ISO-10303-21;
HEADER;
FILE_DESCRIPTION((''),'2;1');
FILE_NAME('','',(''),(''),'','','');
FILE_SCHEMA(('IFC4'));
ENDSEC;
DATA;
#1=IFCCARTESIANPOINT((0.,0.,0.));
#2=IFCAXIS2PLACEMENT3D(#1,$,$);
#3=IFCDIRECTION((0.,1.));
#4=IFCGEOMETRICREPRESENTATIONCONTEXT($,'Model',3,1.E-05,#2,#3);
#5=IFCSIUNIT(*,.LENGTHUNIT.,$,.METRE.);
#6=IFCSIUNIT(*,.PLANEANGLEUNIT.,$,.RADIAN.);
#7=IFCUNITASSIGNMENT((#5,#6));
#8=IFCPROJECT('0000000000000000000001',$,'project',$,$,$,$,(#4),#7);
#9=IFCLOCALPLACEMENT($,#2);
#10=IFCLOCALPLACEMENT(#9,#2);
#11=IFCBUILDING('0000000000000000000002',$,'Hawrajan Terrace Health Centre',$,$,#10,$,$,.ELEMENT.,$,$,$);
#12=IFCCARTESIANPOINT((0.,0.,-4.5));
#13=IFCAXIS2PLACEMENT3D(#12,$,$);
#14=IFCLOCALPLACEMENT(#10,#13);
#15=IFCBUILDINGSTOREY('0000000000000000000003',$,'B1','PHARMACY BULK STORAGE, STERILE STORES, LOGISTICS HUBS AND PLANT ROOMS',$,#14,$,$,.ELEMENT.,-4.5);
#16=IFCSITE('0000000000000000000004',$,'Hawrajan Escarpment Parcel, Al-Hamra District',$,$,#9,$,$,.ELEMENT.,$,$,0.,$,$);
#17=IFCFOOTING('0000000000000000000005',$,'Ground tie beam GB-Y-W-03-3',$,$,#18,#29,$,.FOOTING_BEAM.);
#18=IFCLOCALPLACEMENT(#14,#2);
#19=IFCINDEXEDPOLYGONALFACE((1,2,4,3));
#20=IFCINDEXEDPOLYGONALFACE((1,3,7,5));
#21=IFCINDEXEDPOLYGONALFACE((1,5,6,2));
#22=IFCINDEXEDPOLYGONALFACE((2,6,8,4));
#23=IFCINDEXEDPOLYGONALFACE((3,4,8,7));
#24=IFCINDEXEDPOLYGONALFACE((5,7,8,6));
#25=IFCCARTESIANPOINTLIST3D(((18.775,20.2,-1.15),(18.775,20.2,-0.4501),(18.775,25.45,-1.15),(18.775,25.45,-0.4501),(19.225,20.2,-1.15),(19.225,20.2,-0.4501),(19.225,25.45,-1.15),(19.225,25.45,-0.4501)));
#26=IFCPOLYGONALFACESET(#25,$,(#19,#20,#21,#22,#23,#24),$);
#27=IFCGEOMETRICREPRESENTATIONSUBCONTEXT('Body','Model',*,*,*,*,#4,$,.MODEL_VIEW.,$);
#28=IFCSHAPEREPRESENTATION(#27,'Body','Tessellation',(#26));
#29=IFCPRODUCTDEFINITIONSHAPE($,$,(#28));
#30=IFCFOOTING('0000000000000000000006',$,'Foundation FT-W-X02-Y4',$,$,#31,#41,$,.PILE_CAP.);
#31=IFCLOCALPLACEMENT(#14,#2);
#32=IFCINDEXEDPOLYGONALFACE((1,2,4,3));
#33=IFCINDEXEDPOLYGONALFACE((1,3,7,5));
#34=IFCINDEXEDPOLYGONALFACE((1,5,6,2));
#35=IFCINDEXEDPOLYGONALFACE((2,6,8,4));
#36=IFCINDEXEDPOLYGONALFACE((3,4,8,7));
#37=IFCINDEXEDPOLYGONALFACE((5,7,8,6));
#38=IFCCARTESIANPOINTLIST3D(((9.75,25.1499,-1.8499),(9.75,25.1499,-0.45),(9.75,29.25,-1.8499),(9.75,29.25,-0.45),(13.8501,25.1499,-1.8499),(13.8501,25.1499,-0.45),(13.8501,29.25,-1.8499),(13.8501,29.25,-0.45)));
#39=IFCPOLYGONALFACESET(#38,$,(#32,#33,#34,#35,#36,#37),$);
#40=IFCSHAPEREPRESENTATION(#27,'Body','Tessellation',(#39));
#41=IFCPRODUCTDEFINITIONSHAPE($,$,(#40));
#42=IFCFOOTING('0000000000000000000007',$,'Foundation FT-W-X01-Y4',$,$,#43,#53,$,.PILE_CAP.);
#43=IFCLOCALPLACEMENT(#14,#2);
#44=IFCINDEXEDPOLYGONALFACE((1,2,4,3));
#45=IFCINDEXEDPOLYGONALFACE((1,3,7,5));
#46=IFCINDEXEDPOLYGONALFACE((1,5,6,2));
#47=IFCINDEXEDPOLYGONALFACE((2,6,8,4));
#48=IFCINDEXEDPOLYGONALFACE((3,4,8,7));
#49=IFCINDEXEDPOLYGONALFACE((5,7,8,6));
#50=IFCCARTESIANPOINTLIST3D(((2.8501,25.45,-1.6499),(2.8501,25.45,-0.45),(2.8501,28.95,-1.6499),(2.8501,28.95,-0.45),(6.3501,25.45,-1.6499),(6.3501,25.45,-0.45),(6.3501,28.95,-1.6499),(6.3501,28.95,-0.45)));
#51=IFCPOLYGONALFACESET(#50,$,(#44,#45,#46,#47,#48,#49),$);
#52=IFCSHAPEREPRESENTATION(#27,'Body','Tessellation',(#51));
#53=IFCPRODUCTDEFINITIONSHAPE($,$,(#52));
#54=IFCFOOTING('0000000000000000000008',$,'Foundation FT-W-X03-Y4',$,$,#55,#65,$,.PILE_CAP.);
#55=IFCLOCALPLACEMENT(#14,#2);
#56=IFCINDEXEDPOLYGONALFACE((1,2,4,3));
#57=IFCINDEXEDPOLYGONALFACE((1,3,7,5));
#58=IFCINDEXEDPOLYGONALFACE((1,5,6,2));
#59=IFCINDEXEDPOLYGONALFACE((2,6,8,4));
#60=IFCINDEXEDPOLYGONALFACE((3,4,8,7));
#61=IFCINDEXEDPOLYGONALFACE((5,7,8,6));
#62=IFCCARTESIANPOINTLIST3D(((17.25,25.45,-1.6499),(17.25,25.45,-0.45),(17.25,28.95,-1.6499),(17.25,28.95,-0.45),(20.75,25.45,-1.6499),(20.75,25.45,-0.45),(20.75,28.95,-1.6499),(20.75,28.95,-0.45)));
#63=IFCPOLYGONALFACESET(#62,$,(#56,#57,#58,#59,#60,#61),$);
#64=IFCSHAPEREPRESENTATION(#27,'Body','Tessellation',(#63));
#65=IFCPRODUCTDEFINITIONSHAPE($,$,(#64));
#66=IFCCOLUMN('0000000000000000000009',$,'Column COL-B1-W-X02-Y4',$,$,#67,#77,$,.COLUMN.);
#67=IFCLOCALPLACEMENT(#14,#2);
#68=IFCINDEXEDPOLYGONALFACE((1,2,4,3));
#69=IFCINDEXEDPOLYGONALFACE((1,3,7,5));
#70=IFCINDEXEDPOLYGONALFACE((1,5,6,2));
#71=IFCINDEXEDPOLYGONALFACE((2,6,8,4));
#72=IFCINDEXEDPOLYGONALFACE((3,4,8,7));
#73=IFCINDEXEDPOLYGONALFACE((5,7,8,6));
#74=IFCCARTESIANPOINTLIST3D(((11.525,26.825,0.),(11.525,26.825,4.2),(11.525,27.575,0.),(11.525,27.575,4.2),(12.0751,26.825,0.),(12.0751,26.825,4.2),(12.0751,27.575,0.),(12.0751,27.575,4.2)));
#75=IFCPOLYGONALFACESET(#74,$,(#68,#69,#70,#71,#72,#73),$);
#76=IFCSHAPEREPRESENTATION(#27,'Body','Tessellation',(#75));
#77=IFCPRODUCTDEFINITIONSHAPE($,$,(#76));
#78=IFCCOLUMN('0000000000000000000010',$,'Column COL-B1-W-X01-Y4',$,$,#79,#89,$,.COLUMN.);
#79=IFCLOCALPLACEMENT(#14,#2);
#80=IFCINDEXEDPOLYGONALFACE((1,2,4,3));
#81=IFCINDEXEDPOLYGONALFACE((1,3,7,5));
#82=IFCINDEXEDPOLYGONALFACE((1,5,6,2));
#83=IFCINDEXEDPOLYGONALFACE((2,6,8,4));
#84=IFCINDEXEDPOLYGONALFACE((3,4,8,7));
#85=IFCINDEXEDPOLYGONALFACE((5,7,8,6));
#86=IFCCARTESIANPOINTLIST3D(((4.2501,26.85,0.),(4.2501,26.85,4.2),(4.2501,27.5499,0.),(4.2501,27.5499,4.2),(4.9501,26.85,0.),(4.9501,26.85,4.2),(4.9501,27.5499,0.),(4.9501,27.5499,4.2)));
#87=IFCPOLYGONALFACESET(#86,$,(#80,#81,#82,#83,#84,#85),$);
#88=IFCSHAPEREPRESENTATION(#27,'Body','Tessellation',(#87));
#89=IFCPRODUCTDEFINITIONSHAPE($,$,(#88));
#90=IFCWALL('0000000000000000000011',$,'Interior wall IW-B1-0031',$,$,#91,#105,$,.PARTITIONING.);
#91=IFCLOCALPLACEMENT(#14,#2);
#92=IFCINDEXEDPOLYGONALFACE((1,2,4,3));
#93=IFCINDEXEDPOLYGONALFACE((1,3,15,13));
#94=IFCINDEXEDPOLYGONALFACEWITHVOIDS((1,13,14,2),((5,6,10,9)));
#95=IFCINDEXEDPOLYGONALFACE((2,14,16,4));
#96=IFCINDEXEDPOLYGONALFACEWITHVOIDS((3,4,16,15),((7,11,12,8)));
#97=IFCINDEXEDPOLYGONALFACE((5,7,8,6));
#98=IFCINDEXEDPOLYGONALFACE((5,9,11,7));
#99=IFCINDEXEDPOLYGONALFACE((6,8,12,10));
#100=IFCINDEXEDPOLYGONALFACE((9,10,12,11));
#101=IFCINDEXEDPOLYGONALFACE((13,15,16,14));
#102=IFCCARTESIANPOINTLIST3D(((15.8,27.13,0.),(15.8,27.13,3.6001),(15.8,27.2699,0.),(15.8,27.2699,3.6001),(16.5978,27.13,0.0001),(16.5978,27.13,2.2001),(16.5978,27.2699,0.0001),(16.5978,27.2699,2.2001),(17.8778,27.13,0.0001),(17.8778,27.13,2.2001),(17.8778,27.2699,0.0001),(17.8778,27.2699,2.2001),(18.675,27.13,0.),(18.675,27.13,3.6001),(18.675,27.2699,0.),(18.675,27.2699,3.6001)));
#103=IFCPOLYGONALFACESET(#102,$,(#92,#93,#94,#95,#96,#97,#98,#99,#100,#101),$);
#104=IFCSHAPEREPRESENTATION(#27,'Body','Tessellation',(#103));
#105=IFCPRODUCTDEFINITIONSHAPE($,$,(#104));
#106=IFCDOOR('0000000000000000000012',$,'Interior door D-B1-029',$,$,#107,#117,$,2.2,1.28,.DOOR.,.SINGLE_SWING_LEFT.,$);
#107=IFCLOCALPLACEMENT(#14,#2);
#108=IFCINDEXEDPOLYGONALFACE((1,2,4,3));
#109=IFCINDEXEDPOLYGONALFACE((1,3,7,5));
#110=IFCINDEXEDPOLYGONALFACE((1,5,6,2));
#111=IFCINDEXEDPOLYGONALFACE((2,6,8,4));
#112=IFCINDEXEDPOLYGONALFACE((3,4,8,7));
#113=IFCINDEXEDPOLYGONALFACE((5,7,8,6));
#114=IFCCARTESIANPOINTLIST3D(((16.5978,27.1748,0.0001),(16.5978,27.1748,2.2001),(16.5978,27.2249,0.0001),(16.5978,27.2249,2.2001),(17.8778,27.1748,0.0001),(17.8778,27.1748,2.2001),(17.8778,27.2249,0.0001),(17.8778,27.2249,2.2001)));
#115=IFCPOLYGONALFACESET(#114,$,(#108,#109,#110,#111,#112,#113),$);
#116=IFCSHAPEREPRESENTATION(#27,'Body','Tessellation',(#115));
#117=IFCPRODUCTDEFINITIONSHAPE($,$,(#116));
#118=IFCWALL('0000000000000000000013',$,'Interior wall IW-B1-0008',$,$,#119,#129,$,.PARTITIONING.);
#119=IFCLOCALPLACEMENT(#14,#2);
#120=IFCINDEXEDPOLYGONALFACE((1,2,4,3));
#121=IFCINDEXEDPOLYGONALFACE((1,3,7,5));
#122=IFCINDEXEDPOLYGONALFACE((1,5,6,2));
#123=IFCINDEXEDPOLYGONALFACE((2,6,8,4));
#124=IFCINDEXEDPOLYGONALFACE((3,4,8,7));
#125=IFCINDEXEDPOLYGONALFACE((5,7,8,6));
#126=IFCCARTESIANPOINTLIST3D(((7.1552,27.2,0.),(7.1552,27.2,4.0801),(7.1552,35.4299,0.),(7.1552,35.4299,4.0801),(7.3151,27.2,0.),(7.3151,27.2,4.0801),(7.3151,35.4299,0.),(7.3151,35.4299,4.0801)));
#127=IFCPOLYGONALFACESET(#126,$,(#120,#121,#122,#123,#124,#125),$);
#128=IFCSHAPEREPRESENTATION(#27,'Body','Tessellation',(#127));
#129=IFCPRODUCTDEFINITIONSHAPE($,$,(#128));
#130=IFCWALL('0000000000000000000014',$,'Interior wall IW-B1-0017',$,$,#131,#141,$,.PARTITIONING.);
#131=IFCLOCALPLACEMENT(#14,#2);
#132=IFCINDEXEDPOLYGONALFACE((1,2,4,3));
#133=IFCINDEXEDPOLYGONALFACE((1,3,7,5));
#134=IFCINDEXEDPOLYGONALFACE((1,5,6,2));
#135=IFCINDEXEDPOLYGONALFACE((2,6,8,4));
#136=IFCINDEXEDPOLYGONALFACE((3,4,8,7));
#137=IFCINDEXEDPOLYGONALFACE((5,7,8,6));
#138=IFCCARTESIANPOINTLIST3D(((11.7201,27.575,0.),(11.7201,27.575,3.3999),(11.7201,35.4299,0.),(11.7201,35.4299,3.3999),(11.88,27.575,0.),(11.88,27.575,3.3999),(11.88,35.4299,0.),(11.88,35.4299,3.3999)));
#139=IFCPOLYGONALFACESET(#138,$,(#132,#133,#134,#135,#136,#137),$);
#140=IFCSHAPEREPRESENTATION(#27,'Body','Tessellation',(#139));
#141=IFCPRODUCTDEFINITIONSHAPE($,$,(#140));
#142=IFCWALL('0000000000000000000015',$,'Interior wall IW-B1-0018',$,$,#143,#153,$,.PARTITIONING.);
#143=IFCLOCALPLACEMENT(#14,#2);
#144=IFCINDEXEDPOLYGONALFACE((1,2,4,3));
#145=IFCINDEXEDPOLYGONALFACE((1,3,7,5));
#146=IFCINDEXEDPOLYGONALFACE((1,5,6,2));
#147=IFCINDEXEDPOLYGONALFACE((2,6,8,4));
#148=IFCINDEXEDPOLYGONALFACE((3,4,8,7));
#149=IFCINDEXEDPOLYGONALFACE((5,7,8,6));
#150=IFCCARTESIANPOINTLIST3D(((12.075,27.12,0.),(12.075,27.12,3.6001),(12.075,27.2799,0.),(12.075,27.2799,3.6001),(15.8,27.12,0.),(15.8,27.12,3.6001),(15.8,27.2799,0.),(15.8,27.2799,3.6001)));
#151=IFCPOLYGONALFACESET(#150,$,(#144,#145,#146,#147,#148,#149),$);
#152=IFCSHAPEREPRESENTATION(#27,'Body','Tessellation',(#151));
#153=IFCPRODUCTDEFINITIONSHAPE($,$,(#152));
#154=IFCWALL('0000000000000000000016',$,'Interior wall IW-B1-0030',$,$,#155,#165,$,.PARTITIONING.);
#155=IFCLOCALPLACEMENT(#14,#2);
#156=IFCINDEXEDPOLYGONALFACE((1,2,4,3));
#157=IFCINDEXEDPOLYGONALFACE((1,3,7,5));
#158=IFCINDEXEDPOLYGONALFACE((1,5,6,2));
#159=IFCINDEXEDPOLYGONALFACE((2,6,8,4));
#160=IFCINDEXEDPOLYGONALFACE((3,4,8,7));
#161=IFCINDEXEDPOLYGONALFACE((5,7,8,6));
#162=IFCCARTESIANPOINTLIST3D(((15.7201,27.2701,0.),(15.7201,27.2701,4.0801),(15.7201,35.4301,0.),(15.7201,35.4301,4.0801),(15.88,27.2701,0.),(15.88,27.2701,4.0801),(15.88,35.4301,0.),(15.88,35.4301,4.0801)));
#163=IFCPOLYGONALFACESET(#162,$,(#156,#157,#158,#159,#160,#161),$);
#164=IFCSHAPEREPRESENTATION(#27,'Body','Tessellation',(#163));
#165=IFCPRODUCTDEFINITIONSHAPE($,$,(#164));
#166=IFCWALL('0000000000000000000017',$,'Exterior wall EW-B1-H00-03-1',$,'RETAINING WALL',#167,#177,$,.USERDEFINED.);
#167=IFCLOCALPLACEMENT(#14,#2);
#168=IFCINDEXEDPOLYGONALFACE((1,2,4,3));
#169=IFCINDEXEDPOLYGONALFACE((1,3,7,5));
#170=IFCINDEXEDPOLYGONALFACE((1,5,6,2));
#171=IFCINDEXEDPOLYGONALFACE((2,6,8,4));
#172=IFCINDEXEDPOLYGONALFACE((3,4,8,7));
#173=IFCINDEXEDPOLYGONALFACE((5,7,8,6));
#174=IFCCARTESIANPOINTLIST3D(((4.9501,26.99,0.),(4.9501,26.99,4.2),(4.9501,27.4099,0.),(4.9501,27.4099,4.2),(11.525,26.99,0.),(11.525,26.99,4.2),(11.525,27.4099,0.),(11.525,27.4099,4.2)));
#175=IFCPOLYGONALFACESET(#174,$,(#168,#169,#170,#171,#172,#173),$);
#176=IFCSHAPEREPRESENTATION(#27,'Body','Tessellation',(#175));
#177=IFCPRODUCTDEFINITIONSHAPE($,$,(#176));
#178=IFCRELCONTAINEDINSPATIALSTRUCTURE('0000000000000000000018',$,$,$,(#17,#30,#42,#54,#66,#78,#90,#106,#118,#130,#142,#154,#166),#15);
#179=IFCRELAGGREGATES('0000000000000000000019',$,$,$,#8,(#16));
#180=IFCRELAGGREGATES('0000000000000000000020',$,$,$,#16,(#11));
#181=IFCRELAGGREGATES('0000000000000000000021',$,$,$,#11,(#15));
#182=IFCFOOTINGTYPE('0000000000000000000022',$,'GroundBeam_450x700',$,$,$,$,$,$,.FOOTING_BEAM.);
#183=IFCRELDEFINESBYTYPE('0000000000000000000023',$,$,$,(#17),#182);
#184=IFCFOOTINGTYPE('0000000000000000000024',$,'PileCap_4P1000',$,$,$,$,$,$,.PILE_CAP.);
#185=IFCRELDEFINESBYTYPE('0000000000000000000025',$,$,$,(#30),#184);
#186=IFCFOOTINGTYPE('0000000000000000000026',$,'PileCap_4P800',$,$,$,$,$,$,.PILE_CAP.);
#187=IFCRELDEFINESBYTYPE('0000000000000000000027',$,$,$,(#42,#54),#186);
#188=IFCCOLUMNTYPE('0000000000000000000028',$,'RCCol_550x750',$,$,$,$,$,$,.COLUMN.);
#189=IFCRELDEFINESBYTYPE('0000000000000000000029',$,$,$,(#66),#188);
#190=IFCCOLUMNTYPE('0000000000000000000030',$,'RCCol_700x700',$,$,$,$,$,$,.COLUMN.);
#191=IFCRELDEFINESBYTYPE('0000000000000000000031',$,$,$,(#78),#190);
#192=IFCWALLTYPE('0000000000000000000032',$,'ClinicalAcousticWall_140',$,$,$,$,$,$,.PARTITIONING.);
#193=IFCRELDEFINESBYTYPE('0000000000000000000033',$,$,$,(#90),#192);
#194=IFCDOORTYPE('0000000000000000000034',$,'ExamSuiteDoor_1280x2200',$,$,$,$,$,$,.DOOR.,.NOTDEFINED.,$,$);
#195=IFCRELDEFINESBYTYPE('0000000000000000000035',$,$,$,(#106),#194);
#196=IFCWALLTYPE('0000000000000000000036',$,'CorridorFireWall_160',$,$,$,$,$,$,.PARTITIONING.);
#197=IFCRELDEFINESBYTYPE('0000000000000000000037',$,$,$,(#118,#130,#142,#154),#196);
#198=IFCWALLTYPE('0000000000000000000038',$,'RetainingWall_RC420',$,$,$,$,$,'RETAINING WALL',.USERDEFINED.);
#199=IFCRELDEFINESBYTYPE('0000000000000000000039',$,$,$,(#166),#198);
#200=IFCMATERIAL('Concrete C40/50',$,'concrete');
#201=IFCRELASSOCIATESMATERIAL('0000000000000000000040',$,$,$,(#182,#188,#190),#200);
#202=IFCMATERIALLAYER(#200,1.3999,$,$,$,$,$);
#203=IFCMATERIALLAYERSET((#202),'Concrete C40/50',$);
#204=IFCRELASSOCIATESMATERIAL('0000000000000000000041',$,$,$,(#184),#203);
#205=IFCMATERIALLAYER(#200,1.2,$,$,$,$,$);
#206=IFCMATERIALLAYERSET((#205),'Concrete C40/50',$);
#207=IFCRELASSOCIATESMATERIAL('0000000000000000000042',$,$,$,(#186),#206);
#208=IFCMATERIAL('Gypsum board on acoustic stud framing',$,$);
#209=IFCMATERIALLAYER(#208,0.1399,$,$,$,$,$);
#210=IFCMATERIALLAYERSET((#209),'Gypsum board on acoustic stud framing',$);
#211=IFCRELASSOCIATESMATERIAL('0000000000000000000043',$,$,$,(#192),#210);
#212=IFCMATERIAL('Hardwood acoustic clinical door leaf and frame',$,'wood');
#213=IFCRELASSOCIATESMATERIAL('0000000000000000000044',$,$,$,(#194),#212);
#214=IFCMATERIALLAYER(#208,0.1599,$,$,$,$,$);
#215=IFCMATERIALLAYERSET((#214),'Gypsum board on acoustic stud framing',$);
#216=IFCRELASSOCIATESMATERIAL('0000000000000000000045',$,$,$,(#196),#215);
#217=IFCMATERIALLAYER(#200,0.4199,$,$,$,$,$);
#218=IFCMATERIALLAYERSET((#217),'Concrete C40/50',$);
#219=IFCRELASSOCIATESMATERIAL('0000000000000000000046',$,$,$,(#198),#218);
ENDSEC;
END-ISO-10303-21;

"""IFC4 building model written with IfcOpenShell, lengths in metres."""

from ifc_helpers import new_model, si_unit, direction, frame, frame_2d, origin, origin_2d, place, context, subcontext, project, spatial, rectangle, extrude, material, layer, layer_set, material_profile, profile_set, type_object, element, fill, save


model = new_model("IFC4")

# Units and contexts
model_context = context("Model", 3, precision=1e-05, world=origin(), true_north=direction((0.0, 1.0)))
body_context = subcontext(model_context, "Body", "Model", "MODEL_VIEW")
ifc_project = project(units=[si_unit("LENGTHUNIT", "METRE"), si_unit("PLANEANGLEUNIT", "RADIAN")], contexts=[model_context])

# Site, building, storey
site_placement = place(None, origin())
site = spatial("IfcSite", under=ifc_project, at=site_placement, Name="Hawrajan Escarpment Parcel, Al-Hamra District", CompositionType="ELEMENT", RefElevation=0.0)
building_placement = place(site_placement, origin())
building = spatial("IfcBuilding", under=site, at=building_placement, Name="Hawrajan Terrace Health Centre", CompositionType="ELEMENT")
storey_placement = place(building_placement, frame((0.0, 0.0, -4.5)))
storey = spatial("IfcBuildingStorey", under=building, at=storey_placement, Name="B1", Description="PHARMACY BULK STORAGE, STERILE STORES, LOGISTICS HUBS AND PLANT ROOMS", CompositionType="ELEMENT", Elevation=-4.5)

# Shared definitions
ifc_material_1 = material(Name="Concrete C40/50", Category="concrete")

# Footings
ifc_material_profile_1 = material_profile(ifc_material_1, rectangle(XDim=0.45, YDim=0.7, at=origin_2d()), Name="RC BM 450x700")
ifc_profile_set_1 = profile_set([ifc_material_profile_1], Name="Concrete C40/50")
footing_type_1 = type_object("IfcFootingType", Name="GroundBeam_450x700", PredefinedType="FOOTING_BEAM", material=ifc_profile_set_1)
footing_1_placement = place(storey_placement, frame((19.0, 20.2, -0.8), z_axis=(0.0, 1.0, 0.0), x_axis=(-1.0, 0.0, 0.0)))
element("IfcFooting", 1, at=footing_1_placement, inside=storey, type_object=footing_type_1, Name="Ground tie beam GB-Y-W-03-3", PredefinedType="FOOTING_BEAM", context=body_context, shape_type="SweptSolid", body=[
    extrude(rectangle(XDim=0.45, YDim=0.7, at=origin_2d()), origin(), (0.0, 0.0, 1.0), 5.25),
])
ifc_layer_1 = layer(ifc_material_1, 1.3999)
ifc_layer_set_1 = layer_set([ifc_layer_1], Name="Concrete C40/50")
footing_type_2 = type_object("IfcFootingType", Name="PileCap_4P1000", PredefinedType="PILE_CAP", material=ifc_layer_set_1)
footing_2_placement = place(storey_placement, frame((11.8, 27.2, -1.8499), z_axis=(0.0, 0.0, 1.0), x_axis=(1.0, 0.0, 0.0)))
element("IfcFooting", 2, at=footing_2_placement, inside=storey, type_object=footing_type_2, Name="Foundation FT-W-X02-Y4", PredefinedType="PILE_CAP", context=body_context, shape_type="SweptSolid", body=[
    extrude(rectangle(XDim=4.1001, YDim=4.1001, at=origin_2d()), origin(), (0.0, 0.0, 1.0), 1.3999),
])
ifc_layer_2 = layer(ifc_material_1, 1.2)
ifc_layer_set_2 = layer_set([ifc_layer_2], Name="Concrete C40/50")
footing_type_3 = type_object("IfcFootingType", Name="PileCap_4P800", PredefinedType="PILE_CAP", material=ifc_layer_set_2)
for number, where, z_axis, x_axis, name in (
    (3, (4.6001, 27.2, -1.6499), (0.0, 0.0, 1.0), (1.0, 0.0, 0.0), "Foundation FT-W-X01-Y4"),
    (4, (19.0, 27.2, -1.6499), (0.0, 0.0, 1.0), (1.0, 0.0, 0.0), "Foundation FT-W-X03-Y4"),
):
    element("IfcFooting", number, at=place(storey_placement, frame(where, z_axis=z_axis, x_axis=x_axis)), inside=storey, type_object=footing_type_3, Name=name, PredefinedType="PILE_CAP", context=body_context, shape_type="SweptSolid", body=[
        extrude(rectangle(XDim=3.5, YDim=3.5, at=origin_2d()), origin(), (0.0, 0.0, 1.0), 1.2),
    ])

# Columns
ifc_material_profile_2 = material_profile(ifc_material_1, rectangle(XDim=0.55, YDim=0.75, at=origin_2d()), Name="RC 550x750")
ifc_profile_set_2 = profile_set([ifc_material_profile_2], Name="Concrete C40/50")
column_type_1 = type_object("IfcColumnType", Name="RCCol_550x750", PredefinedType="COLUMN", material=ifc_profile_set_2)
column_1_placement = place(storey_placement, frame((11.8, 27.2, 0.0), z_axis=(0.0, 0.0, 1.0), x_axis=(1.0, 0.0, 0.0)))
element("IfcColumn", 5, at=column_1_placement, inside=storey, type_object=column_type_1, Name="Column COL-B1-W-X02-Y4", PredefinedType="COLUMN", context=body_context, shape_type="SweptSolid", body=[
    extrude(rectangle(XDim=0.55, YDim=0.75, at=origin_2d()), origin(), (0.0, 0.0, 1.0), 4.2),
])
ifc_material_profile_3 = material_profile(ifc_material_1, rectangle(XDim=0.7, YDim=0.7, at=origin_2d()), Name="RC 700x700")
ifc_profile_set_3 = profile_set([ifc_material_profile_3], Name="Concrete C40/50")
column_type_2 = type_object("IfcColumnType", Name="RCCol_700x700", PredefinedType="COLUMN", material=ifc_profile_set_3)
column_2_placement = place(storey_placement, frame((4.6001, 27.2, 0.0), z_axis=(0.0, 0.0, 1.0), x_axis=(1.0, 0.0, 0.0)))
element("IfcColumn", 6, at=column_2_placement, inside=storey, type_object=column_type_2, Name="Column COL-B1-W-X01-Y4", PredefinedType="COLUMN", context=body_context, shape_type="SweptSolid", body=[
    extrude(rectangle(XDim=0.7, YDim=0.7, at=origin_2d()), origin(), (0.0, 0.0, 1.0), 4.2),
])

# Wall, opening, door
ifc_material_2 = material(Name="Gypsum board on acoustic stud framing")
ifc_layer_3 = layer(ifc_material_2, 0.1399)
ifc_layer_set_3 = layer_set([ifc_layer_3], Name="Gypsum board on acoustic stud framing")
wall_type_1 = type_object("IfcWallType", Name="ClinicalAcousticWall_140", PredefinedType="PARTITIONING", material=ifc_layer_set_3)
wall_1_placement = place(storey_placement, frame((15.8, 27.2, 0.0), z_axis=(0.0, 0.0, 1.0), x_axis=(1.0, 0.0, 0.0)))
wall_1 = element("IfcWall", 7, at=wall_1_placement, inside=storey, type_object=wall_type_1, Name="Interior wall IW-B1-0031", PredefinedType="PARTITIONING", context=body_context, shape_type="SweptSolid", body=[
    extrude(rectangle(XDim=2.875, YDim=0.1399, at=frame_2d((1.4375, 0.0))), origin(), (0.0, 0.0, 1.0), 3.6001),
])
opening_placement = place(wall_1_placement, frame((0.7976, 0.0, 0.0)))
opening = element("IfcOpeningElement", 8, at=opening_placement, cuts=wall_1, PredefinedType="OPENING", context=body_context, shape_type="SweptSolid", body=[
    extrude(rectangle(XDim=1.28, YDim=2.2, at=frame_2d((0.6401, 1.1001))), frame((0.0, 0.0798, 0.0), z_axis=(0.0, -1.0, 0.0), x_axis=(1.0, 0.0, 0.0)), (0.0, 0.0, 1.0), 0.1599),
])
ifc_material_3 = material(Name="Hardwood acoustic clinical door leaf and frame", Category="wood")
door_type = type_object("IfcDoorType", Name="ExamSuiteDoor_1280x2200", OperationType="NOTDEFINED", PredefinedType="DOOR", material=ifc_material_3)
door_placement = place(opening_placement, origin())
door = element("IfcDoor", 9, at=door_placement, inside=storey, type_object=door_type, Name="Interior door D-B1-029", OperationType="SINGLE_SWING_LEFT", OverallHeight=2.2, OverallWidth=1.28, PredefinedType="DOOR", context=body_context, shape_type="SweptSolid", body=[
    extrude(rectangle(XDim=1.28, YDim=2.2, at=frame_2d((0.6401, 1.1001))), frame((0.0, 0.0249, 0.0), z_axis=(0.0, -1.0, 0.0), x_axis=(1.0, 0.0, 0.0)), (0.0, 0.0, 1.0), 0.05),
])
fill(opening, door)

# Walls
ifc_layer_4 = layer(ifc_material_2, 0.1599)
ifc_layer_set_4 = layer_set([ifc_layer_4], Name="Gypsum board on acoustic stud framing")
wall_type_2 = type_object("IfcWallType", Name="CorridorFireWall_160", PredefinedType="PARTITIONING", material=ifc_layer_set_4)
wall_2_placement = place(storey_placement, frame((7.2351, 27.2, 0.0), z_axis=(0.0, 0.0, 1.0), x_axis=(0.0, 1.0, 0.0)))
element("IfcWall", 10, at=wall_2_placement, inside=storey, type_object=wall_type_2, Name="Interior wall IW-B1-0008", PredefinedType="PARTITIONING", context=body_context, shape_type="SweptSolid", body=[
    extrude(rectangle(XDim=8.23, YDim=0.1599, at=frame_2d((4.115, 0.0))), origin(), (0.0, 0.0, 1.0), 4.0801),
])
wall_3_placement = place(storey_placement, frame((11.8, 27.575, 0.0), z_axis=(0.0, 0.0, 1.0), x_axis=(0.0, 1.0, 0.0)))
element("IfcWall", 11, at=wall_3_placement, inside=storey, type_object=wall_type_2, Name="Interior wall IW-B1-0017", PredefinedType="PARTITIONING", context=body_context, shape_type="SweptSolid", body=[
    extrude(rectangle(XDim=7.855, YDim=0.1599, at=frame_2d((3.9275, 0.0))), origin(), (0.0, 0.0, 1.0), 3.3999),
])
wall_4_placement = place(storey_placement, frame((12.075, 27.2, 0.0), z_axis=(0.0, 0.0, 1.0), x_axis=(1.0, 0.0, 0.0)))
element("IfcWall", 12, at=wall_4_placement, inside=storey, type_object=wall_type_2, Name="Interior wall IW-B1-0018", PredefinedType="PARTITIONING", context=body_context, shape_type="SweptSolid", body=[
    extrude(rectangle(XDim=3.7251, YDim=0.1599, at=frame_2d((1.8625, 0.0))), origin(), (0.0, 0.0, 1.0), 3.6001),
])
wall_5_placement = place(storey_placement, frame((15.8, 27.27, 0.0), z_axis=(0.0, 0.0, 1.0), x_axis=(0.0, 1.0, 0.0)))
element("IfcWall", 13, at=wall_5_placement, inside=storey, type_object=wall_type_2, Name="Interior wall IW-B1-0030", PredefinedType="PARTITIONING", context=body_context, shape_type="SweptSolid", body=[
    extrude(rectangle(XDim=8.1599, YDim=0.1599, at=frame_2d((4.0801, 0.0))), origin(), (0.0, 0.0, 1.0), 4.0801),
])
ifc_layer_5 = layer(ifc_material_1, 0.4199)
ifc_layer_set_5 = layer_set([ifc_layer_5], Name="Concrete C40/50")
wall_type_3 = type_object("IfcWallType", Name="RetainingWall_RC420", ElementType="RETAINING WALL", PredefinedType="USERDEFINED", material=ifc_layer_set_5)
wall_6_placement = place(storey_placement, frame((4.95, 27.2, 0.0), z_axis=(0.0, 0.0, 1.0), x_axis=(1.0, 0.0, 0.0)))
element("IfcWall", 14, at=wall_6_placement, inside=storey, type_object=wall_type_3, Name="Exterior wall EW-B1-H00-03-1", ObjectType="RETAINING WALL", PredefinedType="USERDEFINED", context=body_context, shape_type="SweptSolid", body=[
    extrude(rectangle(XDim=6.575, YDim=0.4199, at=frame_2d((3.2876, 0.0))), origin(), (0.0, 0.0, 1.0), 4.2),
])

save(model, "model.ifc")
